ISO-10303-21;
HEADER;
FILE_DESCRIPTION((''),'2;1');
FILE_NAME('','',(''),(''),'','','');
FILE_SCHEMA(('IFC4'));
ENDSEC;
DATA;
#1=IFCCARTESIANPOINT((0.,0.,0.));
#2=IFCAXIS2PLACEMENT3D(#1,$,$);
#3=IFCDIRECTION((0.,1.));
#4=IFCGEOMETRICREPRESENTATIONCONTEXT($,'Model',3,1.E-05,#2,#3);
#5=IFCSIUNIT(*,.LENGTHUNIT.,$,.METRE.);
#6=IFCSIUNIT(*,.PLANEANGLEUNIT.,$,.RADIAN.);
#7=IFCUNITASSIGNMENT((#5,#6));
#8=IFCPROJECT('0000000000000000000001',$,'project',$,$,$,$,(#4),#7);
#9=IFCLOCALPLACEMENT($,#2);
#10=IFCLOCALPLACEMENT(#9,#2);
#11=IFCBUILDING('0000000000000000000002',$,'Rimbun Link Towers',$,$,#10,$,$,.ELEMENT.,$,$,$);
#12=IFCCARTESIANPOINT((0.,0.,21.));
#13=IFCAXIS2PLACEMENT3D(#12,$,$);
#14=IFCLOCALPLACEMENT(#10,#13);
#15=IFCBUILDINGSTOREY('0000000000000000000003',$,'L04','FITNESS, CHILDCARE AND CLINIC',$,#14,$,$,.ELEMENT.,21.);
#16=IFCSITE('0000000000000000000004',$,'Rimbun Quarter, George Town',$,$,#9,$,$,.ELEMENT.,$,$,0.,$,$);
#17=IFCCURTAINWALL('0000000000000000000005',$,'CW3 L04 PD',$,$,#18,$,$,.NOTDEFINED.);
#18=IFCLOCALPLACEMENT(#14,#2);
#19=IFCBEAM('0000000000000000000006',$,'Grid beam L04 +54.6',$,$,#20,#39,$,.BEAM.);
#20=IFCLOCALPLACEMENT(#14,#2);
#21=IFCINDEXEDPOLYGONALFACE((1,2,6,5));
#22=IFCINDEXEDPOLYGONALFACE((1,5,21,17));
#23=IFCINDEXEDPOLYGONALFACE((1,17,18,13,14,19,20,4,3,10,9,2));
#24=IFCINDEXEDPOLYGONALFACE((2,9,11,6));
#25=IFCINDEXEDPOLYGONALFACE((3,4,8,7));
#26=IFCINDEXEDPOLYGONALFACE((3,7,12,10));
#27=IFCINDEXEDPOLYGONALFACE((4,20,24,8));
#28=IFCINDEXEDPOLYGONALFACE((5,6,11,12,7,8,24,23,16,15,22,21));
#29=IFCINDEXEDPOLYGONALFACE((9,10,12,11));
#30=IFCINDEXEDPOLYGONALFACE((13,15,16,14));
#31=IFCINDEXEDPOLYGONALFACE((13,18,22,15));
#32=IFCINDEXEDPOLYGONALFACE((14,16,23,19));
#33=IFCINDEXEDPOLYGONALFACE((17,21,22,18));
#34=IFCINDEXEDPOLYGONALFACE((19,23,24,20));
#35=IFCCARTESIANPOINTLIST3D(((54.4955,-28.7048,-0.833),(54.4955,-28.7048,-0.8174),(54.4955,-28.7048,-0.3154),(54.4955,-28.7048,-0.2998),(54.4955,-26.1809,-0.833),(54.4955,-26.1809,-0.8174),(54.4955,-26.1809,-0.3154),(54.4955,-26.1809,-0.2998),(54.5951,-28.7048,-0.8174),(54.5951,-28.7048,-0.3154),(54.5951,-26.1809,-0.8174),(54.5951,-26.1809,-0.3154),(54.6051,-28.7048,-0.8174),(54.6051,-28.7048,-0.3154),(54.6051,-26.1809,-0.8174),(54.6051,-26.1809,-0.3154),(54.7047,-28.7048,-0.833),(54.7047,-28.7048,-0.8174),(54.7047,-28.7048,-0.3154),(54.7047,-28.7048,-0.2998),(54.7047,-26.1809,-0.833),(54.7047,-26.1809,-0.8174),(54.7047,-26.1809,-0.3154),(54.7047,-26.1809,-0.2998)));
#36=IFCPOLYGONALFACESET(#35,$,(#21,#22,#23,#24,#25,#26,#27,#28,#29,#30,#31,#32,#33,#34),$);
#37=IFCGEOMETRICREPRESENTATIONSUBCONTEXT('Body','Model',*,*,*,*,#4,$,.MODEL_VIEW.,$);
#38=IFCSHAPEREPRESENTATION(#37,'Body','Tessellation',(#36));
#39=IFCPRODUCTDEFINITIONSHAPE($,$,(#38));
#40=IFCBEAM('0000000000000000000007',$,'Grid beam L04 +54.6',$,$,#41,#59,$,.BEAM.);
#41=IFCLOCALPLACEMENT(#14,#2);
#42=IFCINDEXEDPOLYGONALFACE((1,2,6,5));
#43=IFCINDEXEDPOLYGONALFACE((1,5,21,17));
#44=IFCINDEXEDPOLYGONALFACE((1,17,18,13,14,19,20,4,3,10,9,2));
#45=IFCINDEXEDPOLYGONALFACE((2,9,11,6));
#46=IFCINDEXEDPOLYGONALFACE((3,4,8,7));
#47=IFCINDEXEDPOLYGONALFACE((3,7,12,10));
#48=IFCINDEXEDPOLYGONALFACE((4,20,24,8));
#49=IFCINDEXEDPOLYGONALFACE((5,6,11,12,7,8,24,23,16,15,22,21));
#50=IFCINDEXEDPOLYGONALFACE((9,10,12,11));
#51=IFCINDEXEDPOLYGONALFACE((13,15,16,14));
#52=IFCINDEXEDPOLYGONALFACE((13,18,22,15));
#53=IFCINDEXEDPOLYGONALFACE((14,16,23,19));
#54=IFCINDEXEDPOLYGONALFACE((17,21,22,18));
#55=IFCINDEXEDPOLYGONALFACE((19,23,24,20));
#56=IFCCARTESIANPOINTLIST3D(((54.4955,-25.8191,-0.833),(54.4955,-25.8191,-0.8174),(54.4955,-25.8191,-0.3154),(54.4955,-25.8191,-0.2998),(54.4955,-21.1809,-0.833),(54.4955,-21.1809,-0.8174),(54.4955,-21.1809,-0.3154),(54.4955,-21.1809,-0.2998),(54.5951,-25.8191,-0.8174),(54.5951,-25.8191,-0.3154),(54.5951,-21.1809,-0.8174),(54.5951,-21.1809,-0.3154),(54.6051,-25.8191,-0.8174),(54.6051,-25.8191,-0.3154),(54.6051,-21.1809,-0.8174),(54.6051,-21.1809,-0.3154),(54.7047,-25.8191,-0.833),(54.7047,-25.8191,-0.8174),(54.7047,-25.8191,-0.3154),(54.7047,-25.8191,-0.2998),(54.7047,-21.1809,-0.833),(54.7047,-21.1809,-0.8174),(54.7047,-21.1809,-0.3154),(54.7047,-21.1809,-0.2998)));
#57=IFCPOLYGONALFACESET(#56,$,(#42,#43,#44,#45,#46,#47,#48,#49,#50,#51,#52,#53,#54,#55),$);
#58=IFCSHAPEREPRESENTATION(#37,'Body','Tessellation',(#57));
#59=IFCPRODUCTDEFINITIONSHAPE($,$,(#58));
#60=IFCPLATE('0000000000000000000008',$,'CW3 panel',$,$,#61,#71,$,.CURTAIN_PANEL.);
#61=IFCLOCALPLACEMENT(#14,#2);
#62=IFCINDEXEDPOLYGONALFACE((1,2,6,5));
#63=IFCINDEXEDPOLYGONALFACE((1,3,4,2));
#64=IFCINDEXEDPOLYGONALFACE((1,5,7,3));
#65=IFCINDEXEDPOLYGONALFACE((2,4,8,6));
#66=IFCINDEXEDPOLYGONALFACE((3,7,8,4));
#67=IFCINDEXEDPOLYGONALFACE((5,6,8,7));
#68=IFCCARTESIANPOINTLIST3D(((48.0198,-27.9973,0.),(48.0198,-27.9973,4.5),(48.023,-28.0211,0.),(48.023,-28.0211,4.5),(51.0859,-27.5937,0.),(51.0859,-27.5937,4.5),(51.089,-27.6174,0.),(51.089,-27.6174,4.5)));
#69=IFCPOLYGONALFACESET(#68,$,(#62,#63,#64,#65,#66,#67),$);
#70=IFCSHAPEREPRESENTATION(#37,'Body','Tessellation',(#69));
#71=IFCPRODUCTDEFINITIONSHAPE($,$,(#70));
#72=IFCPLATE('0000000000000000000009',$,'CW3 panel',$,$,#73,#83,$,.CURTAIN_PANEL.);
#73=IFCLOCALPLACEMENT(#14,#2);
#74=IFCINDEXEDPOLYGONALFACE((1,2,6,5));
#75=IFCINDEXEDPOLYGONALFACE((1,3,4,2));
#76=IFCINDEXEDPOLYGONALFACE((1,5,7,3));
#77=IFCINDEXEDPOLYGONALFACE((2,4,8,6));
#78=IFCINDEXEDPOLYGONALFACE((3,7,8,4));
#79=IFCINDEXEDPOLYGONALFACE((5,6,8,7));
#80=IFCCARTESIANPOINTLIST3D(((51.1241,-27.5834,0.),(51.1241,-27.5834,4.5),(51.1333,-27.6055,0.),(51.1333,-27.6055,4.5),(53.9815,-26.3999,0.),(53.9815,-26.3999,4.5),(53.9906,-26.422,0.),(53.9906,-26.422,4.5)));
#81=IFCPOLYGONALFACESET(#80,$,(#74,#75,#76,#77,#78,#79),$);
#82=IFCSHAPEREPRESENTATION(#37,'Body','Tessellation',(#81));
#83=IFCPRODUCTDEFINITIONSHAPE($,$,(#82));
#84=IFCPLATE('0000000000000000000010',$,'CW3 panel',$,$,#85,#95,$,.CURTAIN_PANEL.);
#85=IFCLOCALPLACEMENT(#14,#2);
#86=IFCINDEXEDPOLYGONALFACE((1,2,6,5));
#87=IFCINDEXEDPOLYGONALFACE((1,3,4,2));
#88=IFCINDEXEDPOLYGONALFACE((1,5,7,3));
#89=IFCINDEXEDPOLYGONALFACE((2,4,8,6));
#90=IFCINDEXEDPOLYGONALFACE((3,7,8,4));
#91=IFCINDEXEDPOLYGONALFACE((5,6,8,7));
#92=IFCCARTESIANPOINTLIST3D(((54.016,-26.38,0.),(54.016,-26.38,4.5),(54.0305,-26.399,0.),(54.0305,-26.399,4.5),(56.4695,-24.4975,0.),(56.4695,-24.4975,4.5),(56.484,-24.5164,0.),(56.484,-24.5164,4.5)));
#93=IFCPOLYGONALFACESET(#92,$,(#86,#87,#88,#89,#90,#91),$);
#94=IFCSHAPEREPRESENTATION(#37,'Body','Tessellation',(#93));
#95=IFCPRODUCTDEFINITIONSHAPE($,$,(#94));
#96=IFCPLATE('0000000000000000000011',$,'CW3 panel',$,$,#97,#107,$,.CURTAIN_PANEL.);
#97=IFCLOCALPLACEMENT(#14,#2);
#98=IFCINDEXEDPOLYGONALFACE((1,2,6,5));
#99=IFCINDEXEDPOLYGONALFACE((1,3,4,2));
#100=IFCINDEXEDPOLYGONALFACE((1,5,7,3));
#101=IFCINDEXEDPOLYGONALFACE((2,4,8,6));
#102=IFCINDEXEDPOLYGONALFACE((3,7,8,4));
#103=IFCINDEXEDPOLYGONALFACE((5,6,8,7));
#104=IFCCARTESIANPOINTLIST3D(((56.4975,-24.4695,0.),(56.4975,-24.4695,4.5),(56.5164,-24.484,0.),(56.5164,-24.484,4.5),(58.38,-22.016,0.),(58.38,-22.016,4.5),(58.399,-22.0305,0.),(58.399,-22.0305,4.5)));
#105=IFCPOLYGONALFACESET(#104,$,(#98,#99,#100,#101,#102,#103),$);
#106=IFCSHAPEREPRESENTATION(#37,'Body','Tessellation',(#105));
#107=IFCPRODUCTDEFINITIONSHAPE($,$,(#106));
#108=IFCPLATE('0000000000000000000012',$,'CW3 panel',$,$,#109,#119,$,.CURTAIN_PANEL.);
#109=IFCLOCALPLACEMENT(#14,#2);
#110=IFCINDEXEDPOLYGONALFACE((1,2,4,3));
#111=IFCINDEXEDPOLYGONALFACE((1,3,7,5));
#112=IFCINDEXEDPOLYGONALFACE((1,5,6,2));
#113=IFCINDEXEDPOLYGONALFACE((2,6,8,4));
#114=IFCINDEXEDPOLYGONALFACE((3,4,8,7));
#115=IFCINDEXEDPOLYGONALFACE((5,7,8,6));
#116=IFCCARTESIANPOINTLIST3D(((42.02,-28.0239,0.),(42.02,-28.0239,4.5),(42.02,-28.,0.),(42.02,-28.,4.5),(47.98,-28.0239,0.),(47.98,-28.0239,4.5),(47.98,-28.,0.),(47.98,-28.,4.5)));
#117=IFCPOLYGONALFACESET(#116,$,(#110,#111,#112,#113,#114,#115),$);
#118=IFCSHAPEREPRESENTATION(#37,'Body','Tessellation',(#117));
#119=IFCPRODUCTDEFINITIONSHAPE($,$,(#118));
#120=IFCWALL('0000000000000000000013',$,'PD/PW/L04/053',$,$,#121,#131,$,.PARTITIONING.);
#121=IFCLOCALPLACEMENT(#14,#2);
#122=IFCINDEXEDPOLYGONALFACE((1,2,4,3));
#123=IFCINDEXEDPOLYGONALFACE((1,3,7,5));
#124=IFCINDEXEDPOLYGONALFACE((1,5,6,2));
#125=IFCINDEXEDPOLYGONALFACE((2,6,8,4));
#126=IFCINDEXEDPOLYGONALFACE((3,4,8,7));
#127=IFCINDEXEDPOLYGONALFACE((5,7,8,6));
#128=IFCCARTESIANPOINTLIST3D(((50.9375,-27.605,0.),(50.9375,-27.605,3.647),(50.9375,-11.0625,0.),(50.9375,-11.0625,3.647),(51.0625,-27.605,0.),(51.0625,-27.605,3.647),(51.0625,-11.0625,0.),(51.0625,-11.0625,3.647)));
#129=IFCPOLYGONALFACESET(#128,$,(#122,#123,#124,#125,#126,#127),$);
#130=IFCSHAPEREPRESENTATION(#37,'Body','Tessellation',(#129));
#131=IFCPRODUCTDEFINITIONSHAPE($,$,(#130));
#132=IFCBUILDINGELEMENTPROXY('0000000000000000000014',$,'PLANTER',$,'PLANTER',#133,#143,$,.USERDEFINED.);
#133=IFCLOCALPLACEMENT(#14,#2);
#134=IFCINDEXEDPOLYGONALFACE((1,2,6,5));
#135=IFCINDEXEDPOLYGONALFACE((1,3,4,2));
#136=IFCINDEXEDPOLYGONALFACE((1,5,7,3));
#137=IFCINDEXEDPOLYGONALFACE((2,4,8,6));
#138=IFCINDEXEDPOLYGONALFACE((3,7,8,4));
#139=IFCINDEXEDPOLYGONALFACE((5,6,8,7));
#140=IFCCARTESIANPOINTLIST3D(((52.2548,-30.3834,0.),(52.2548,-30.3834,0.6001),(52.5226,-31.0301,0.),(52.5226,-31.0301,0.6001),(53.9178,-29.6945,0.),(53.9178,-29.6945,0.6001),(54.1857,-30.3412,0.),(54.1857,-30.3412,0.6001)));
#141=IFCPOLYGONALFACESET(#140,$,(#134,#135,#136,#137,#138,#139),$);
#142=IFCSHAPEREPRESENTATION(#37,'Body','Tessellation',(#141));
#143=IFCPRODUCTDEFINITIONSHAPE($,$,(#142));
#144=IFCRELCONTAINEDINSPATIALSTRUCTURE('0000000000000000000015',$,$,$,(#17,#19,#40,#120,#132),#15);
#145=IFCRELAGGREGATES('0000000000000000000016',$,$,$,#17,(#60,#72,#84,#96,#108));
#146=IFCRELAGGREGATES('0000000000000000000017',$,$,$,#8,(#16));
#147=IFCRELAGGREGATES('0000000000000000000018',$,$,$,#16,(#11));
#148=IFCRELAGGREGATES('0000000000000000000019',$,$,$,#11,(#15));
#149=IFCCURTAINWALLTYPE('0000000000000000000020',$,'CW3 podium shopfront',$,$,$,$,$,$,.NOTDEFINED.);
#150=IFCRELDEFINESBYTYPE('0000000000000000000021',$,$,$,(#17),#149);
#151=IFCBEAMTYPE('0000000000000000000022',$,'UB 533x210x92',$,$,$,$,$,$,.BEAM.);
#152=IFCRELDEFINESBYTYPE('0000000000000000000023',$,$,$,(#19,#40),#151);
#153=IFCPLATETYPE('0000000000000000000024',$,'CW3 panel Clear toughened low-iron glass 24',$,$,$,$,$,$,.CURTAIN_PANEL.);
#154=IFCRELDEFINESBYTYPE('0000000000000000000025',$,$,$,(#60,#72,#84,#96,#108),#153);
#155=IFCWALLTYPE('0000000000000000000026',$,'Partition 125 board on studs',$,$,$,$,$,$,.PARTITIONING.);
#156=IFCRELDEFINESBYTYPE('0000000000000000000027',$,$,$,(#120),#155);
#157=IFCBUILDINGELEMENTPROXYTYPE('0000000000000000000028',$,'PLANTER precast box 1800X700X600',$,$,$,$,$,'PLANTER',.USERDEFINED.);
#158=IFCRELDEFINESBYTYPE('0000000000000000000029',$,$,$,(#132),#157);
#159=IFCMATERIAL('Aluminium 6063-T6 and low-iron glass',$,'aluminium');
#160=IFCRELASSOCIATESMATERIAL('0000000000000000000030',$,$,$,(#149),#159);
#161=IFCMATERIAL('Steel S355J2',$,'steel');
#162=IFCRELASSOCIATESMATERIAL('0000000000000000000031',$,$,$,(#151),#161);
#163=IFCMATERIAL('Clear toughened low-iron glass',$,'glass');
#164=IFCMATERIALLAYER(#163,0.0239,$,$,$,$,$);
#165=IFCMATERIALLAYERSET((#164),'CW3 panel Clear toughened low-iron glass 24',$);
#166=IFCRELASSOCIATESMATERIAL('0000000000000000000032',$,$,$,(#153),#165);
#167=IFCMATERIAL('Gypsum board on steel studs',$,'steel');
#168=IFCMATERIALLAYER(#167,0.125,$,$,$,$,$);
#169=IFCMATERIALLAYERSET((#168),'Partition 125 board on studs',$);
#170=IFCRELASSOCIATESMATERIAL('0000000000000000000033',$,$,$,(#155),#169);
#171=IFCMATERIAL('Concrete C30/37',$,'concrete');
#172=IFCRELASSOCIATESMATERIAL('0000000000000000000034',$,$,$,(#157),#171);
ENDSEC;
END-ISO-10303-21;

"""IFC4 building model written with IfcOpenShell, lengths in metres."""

from ifc_helpers import new_model, si_unit, direction, frame, frame_2d, origin, origin_2d, place, context, subcontext, project, spatial, rectangle, i_section, extrude, material, layer, layer_set, material_profile, profile_set, type_object, element, aggregate, save


model = new_model("IFC4")

# Units and contexts
model_context = context("Model", 3, precision=1e-05, world=origin(), true_north=direction((0.0, 1.0)))
body_context = subcontext(model_context, "Body", "Model", "MODEL_VIEW")
ifc_project = project(units=[si_unit("LENGTHUNIT", "METRE"), si_unit("PLANEANGLEUNIT", "RADIAN")], contexts=[model_context])

# Site, building, storey
site_placement = place(None, origin())
site = spatial("IfcSite", under=ifc_project, at=site_placement, Name="Rimbun Quarter, George Town", CompositionType="ELEMENT", RefElevation=0.0)
building_placement = place(site_placement, origin())
building = spatial("IfcBuilding", under=site, at=building_placement, Name="Rimbun Link Towers", CompositionType="ELEMENT")
storey_placement = place(building_placement, frame((0.0, 0.0, 21.0)))
storey = spatial("IfcBuildingStorey", under=building, at=storey_placement, Name="L04", Description="FITNESS, CHILDCARE AND CLINIC", CompositionType="ELEMENT", Elevation=21.0)

# Curtain wall
ifc_material_1 = material(Name="Aluminium 6063-T6 and low-iron glass", Category="aluminium")
curtain_wall_type = type_object("IfcCurtainWallType", Name="CW3 podium shopfront", PredefinedType="NOTDEFINED", material=ifc_material_1)
curtain_wall_placement = place(storey_placement, origin())
curtain_wall = element("IfcCurtainWall", 1, at=curtain_wall_placement, inside=storey, type_object=curtain_wall_type, Name="CW3 L04 PD", PredefinedType="NOTDEFINED")

# Beams
ifc_material_2 = material(Name="Steel S355J2", Category="steel")
ifc_material_profile_1 = material_profile(ifc_material_2, i_section(OverallWidth=0.2092, OverallDepth=0.5332, WebThickness=0.01, FlangeThickness=0.0156, at=origin_2d()), Name="UB 533x210x92")
ifc_profile_set_1 = profile_set([ifc_material_profile_1], Name="Steel S355J2")
beam_type = type_object("IfcBeamType", Name="UB 533x210x92", PredefinedType="BEAM", material=ifc_profile_set_1)
beam_1_placement = place(storey_placement, frame((54.6001, -28.7048, -0.5664), z_axis=(0.0, 1.0, 0.0), x_axis=(-1.0, 0.0, 0.0)))
element("IfcBeam", 2, at=beam_1_placement, inside=storey, type_object=beam_type, Name="Grid beam L04 +54.6", PredefinedType="BEAM", context=body_context, shape_type="SweptSolid", body=[
    extrude(i_section(OverallWidth=0.2092, OverallDepth=0.5332, WebThickness=0.01, FlangeThickness=0.0156, at=origin_2d()), origin(), (0.0, 0.0, 1.0), 2.5239),
])
beam_2_placement = place(storey_placement, frame((54.6001, -25.8191, -0.5664), z_axis=(0.0, 1.0, 0.0), x_axis=(-1.0, 0.0, 0.0)))
element("IfcBeam", 3, at=beam_2_placement, inside=storey, type_object=beam_type, Name="Grid beam L04 +54.6", PredefinedType="BEAM", context=body_context, shape_type="SweptSolid", body=[
    extrude(i_section(OverallWidth=0.2092, OverallDepth=0.5332, WebThickness=0.01, FlangeThickness=0.0156, at=origin_2d()), origin(), (0.0, 0.0, 1.0), 4.6382),
])

# Plates
ifc_material_3 = material(Name="Clear toughened low-iron glass", Category="glass")
ifc_layer_1 = layer(ifc_material_3, 0.0239)
ifc_layer_set_1 = layer_set([ifc_layer_1], Name="CW3 panel Clear toughened low-iron glass 24")
plate_type = type_object("IfcPlateType", Name="CW3 panel Clear toughened low-iron glass 24", PredefinedType="CURTAIN_PANEL", material=ifc_layer_set_1)
plate_1_placement = place(storey_placement, frame((49.5544, -27.8074, 0.0), z_axis=(0.0, 0.0, 1.0), x_axis=(-0.991444, -0.13053, 0.0)))
plate_1 = element("IfcPlate", 4, at=plate_1_placement, type_object=plate_type, Name="CW3 panel", PredefinedType="CURTAIN_PANEL", context=body_context, shape_type="SweptSolid", body=[
    extrude(rectangle(XDim=3.0925, YDim=0.0239, at=origin_2d()), origin(), (0.0, 0.0, 1.0), 4.5),
])
plate_2_placement = place(storey_placement, frame((52.5574, -27.0027, 0.0), z_axis=(0.0, 0.0, 1.0), x_axis=(-0.923881, -0.382679, 0.0)))
plate_2 = element("IfcPlate", 5, at=plate_2_placement, type_object=plate_type, Name="CW3 panel", PredefinedType="CURTAIN_PANEL", context=body_context, shape_type="SweptSolid", body=[
    extrude(rectangle(XDim=3.0928, YDim=0.0239, at=origin_2d()), origin(), (0.0, 0.0, 1.0), 4.5),
])
plate_3_placement = place(storey_placement, frame((55.25, -25.4482, 0.0), z_axis=(0.0, 0.0, 1.0), x_axis=(-0.793359, -0.608754, 0.0)))
plate_3 = element("IfcPlate", 6, at=plate_3_placement, type_object=plate_type, Name="CW3 panel", PredefinedType="CURTAIN_PANEL", context=body_context, shape_type="SweptSolid", body=[
    extrude(rectangle(XDim=3.0925, YDim=0.0239, at=origin_2d()), origin(), (0.0, 0.0, 1.0), 4.5),
])
plate_4_placement = place(storey_placement, frame((57.4482, -23.25, 0.0), z_axis=(0.0, 0.0, 1.0), x_axis=(-0.608754, -0.793359, 0.0)))
plate_4 = element("IfcPlate", 7, at=plate_4_placement, type_object=plate_type, Name="CW3 panel", PredefinedType="CURTAIN_PANEL", context=body_context, shape_type="SweptSolid", body=[
    extrude(rectangle(XDim=3.0925, YDim=0.0239, at=origin_2d()), origin(), (0.0, 0.0, 1.0), 4.5),
])
plate_5_placement = place(storey_placement, frame((45.0, -28.012, 0.0), z_axis=(0.0, 0.0, 1.0), x_axis=(-1.0, 0.0, 0.0)))
plate_5 = element("IfcPlate", 8, at=plate_5_placement, type_object=plate_type, Name="CW3 panel", PredefinedType="CURTAIN_PANEL", context=body_context, shape_type="SweptSolid", body=[
    extrude(rectangle(XDim=5.96, YDim=0.0239, at=origin_2d()), origin(), (0.0, 0.0, 1.0), 4.5),
])
aggregate(curtain_wall, [plate_1, plate_2, plate_3, plate_4, plate_5])

# Wall
ifc_material_4 = material(Name="Gypsum board on steel studs", Category="steel")
ifc_layer_2 = layer(ifc_material_4, 0.125)
ifc_layer_set_2 = layer_set([ifc_layer_2], Name="Partition 125 board on studs")
wall_type = type_object("IfcWallType", Name="Partition 125 board on studs", PredefinedType="PARTITIONING", material=ifc_layer_set_2)
wall_placement = place(storey_placement, frame((51.0, -27.605, 0.0), z_axis=(0.0, 0.0, 1.0), x_axis=(0.0, 1.0, 0.0)))
element("IfcWall", 9, at=wall_placement, inside=storey, type_object=wall_type, Name="PD/PW/L04/053", PredefinedType="PARTITIONING", context=body_context, shape_type="SweptSolid", body=[
    extrude(rectangle(XDim=16.5425, YDim=0.125, at=frame_2d((8.2712, 0.0))), origin(), (0.0, 0.0, 1.0), 3.647),
])

# Building element proxy
ifc_material_5 = material(Name="Concrete C30/37", Category="concrete")
building_element_proxy_type = type_object("IfcBuildingElementProxyType", Name="PLANTER precast box 1800X700X600", ElementType="PLANTER", PredefinedType="USERDEFINED", material=ifc_material_5)
proxy_placement = place(storey_placement, frame((53.2202, -30.3623, 0.0), z_axis=(0.0, 0.0, 1.0), x_axis=(0.923881, 0.382679, 0.0)))
element("IfcBuildingElementProxy", 10, at=proxy_placement, inside=storey, type_object=building_element_proxy_type, Name="PLANTER", ObjectType="PLANTER", PredefinedType="USERDEFINED", context=body_context, shape_type="SweptSolid", body=[
    extrude(rectangle(XDim=1.8, YDim=0.7, at=origin_2d()), origin(), (0.0, 0.0, 1.0), 0.6001),
])

save(model, "model.ifc")
